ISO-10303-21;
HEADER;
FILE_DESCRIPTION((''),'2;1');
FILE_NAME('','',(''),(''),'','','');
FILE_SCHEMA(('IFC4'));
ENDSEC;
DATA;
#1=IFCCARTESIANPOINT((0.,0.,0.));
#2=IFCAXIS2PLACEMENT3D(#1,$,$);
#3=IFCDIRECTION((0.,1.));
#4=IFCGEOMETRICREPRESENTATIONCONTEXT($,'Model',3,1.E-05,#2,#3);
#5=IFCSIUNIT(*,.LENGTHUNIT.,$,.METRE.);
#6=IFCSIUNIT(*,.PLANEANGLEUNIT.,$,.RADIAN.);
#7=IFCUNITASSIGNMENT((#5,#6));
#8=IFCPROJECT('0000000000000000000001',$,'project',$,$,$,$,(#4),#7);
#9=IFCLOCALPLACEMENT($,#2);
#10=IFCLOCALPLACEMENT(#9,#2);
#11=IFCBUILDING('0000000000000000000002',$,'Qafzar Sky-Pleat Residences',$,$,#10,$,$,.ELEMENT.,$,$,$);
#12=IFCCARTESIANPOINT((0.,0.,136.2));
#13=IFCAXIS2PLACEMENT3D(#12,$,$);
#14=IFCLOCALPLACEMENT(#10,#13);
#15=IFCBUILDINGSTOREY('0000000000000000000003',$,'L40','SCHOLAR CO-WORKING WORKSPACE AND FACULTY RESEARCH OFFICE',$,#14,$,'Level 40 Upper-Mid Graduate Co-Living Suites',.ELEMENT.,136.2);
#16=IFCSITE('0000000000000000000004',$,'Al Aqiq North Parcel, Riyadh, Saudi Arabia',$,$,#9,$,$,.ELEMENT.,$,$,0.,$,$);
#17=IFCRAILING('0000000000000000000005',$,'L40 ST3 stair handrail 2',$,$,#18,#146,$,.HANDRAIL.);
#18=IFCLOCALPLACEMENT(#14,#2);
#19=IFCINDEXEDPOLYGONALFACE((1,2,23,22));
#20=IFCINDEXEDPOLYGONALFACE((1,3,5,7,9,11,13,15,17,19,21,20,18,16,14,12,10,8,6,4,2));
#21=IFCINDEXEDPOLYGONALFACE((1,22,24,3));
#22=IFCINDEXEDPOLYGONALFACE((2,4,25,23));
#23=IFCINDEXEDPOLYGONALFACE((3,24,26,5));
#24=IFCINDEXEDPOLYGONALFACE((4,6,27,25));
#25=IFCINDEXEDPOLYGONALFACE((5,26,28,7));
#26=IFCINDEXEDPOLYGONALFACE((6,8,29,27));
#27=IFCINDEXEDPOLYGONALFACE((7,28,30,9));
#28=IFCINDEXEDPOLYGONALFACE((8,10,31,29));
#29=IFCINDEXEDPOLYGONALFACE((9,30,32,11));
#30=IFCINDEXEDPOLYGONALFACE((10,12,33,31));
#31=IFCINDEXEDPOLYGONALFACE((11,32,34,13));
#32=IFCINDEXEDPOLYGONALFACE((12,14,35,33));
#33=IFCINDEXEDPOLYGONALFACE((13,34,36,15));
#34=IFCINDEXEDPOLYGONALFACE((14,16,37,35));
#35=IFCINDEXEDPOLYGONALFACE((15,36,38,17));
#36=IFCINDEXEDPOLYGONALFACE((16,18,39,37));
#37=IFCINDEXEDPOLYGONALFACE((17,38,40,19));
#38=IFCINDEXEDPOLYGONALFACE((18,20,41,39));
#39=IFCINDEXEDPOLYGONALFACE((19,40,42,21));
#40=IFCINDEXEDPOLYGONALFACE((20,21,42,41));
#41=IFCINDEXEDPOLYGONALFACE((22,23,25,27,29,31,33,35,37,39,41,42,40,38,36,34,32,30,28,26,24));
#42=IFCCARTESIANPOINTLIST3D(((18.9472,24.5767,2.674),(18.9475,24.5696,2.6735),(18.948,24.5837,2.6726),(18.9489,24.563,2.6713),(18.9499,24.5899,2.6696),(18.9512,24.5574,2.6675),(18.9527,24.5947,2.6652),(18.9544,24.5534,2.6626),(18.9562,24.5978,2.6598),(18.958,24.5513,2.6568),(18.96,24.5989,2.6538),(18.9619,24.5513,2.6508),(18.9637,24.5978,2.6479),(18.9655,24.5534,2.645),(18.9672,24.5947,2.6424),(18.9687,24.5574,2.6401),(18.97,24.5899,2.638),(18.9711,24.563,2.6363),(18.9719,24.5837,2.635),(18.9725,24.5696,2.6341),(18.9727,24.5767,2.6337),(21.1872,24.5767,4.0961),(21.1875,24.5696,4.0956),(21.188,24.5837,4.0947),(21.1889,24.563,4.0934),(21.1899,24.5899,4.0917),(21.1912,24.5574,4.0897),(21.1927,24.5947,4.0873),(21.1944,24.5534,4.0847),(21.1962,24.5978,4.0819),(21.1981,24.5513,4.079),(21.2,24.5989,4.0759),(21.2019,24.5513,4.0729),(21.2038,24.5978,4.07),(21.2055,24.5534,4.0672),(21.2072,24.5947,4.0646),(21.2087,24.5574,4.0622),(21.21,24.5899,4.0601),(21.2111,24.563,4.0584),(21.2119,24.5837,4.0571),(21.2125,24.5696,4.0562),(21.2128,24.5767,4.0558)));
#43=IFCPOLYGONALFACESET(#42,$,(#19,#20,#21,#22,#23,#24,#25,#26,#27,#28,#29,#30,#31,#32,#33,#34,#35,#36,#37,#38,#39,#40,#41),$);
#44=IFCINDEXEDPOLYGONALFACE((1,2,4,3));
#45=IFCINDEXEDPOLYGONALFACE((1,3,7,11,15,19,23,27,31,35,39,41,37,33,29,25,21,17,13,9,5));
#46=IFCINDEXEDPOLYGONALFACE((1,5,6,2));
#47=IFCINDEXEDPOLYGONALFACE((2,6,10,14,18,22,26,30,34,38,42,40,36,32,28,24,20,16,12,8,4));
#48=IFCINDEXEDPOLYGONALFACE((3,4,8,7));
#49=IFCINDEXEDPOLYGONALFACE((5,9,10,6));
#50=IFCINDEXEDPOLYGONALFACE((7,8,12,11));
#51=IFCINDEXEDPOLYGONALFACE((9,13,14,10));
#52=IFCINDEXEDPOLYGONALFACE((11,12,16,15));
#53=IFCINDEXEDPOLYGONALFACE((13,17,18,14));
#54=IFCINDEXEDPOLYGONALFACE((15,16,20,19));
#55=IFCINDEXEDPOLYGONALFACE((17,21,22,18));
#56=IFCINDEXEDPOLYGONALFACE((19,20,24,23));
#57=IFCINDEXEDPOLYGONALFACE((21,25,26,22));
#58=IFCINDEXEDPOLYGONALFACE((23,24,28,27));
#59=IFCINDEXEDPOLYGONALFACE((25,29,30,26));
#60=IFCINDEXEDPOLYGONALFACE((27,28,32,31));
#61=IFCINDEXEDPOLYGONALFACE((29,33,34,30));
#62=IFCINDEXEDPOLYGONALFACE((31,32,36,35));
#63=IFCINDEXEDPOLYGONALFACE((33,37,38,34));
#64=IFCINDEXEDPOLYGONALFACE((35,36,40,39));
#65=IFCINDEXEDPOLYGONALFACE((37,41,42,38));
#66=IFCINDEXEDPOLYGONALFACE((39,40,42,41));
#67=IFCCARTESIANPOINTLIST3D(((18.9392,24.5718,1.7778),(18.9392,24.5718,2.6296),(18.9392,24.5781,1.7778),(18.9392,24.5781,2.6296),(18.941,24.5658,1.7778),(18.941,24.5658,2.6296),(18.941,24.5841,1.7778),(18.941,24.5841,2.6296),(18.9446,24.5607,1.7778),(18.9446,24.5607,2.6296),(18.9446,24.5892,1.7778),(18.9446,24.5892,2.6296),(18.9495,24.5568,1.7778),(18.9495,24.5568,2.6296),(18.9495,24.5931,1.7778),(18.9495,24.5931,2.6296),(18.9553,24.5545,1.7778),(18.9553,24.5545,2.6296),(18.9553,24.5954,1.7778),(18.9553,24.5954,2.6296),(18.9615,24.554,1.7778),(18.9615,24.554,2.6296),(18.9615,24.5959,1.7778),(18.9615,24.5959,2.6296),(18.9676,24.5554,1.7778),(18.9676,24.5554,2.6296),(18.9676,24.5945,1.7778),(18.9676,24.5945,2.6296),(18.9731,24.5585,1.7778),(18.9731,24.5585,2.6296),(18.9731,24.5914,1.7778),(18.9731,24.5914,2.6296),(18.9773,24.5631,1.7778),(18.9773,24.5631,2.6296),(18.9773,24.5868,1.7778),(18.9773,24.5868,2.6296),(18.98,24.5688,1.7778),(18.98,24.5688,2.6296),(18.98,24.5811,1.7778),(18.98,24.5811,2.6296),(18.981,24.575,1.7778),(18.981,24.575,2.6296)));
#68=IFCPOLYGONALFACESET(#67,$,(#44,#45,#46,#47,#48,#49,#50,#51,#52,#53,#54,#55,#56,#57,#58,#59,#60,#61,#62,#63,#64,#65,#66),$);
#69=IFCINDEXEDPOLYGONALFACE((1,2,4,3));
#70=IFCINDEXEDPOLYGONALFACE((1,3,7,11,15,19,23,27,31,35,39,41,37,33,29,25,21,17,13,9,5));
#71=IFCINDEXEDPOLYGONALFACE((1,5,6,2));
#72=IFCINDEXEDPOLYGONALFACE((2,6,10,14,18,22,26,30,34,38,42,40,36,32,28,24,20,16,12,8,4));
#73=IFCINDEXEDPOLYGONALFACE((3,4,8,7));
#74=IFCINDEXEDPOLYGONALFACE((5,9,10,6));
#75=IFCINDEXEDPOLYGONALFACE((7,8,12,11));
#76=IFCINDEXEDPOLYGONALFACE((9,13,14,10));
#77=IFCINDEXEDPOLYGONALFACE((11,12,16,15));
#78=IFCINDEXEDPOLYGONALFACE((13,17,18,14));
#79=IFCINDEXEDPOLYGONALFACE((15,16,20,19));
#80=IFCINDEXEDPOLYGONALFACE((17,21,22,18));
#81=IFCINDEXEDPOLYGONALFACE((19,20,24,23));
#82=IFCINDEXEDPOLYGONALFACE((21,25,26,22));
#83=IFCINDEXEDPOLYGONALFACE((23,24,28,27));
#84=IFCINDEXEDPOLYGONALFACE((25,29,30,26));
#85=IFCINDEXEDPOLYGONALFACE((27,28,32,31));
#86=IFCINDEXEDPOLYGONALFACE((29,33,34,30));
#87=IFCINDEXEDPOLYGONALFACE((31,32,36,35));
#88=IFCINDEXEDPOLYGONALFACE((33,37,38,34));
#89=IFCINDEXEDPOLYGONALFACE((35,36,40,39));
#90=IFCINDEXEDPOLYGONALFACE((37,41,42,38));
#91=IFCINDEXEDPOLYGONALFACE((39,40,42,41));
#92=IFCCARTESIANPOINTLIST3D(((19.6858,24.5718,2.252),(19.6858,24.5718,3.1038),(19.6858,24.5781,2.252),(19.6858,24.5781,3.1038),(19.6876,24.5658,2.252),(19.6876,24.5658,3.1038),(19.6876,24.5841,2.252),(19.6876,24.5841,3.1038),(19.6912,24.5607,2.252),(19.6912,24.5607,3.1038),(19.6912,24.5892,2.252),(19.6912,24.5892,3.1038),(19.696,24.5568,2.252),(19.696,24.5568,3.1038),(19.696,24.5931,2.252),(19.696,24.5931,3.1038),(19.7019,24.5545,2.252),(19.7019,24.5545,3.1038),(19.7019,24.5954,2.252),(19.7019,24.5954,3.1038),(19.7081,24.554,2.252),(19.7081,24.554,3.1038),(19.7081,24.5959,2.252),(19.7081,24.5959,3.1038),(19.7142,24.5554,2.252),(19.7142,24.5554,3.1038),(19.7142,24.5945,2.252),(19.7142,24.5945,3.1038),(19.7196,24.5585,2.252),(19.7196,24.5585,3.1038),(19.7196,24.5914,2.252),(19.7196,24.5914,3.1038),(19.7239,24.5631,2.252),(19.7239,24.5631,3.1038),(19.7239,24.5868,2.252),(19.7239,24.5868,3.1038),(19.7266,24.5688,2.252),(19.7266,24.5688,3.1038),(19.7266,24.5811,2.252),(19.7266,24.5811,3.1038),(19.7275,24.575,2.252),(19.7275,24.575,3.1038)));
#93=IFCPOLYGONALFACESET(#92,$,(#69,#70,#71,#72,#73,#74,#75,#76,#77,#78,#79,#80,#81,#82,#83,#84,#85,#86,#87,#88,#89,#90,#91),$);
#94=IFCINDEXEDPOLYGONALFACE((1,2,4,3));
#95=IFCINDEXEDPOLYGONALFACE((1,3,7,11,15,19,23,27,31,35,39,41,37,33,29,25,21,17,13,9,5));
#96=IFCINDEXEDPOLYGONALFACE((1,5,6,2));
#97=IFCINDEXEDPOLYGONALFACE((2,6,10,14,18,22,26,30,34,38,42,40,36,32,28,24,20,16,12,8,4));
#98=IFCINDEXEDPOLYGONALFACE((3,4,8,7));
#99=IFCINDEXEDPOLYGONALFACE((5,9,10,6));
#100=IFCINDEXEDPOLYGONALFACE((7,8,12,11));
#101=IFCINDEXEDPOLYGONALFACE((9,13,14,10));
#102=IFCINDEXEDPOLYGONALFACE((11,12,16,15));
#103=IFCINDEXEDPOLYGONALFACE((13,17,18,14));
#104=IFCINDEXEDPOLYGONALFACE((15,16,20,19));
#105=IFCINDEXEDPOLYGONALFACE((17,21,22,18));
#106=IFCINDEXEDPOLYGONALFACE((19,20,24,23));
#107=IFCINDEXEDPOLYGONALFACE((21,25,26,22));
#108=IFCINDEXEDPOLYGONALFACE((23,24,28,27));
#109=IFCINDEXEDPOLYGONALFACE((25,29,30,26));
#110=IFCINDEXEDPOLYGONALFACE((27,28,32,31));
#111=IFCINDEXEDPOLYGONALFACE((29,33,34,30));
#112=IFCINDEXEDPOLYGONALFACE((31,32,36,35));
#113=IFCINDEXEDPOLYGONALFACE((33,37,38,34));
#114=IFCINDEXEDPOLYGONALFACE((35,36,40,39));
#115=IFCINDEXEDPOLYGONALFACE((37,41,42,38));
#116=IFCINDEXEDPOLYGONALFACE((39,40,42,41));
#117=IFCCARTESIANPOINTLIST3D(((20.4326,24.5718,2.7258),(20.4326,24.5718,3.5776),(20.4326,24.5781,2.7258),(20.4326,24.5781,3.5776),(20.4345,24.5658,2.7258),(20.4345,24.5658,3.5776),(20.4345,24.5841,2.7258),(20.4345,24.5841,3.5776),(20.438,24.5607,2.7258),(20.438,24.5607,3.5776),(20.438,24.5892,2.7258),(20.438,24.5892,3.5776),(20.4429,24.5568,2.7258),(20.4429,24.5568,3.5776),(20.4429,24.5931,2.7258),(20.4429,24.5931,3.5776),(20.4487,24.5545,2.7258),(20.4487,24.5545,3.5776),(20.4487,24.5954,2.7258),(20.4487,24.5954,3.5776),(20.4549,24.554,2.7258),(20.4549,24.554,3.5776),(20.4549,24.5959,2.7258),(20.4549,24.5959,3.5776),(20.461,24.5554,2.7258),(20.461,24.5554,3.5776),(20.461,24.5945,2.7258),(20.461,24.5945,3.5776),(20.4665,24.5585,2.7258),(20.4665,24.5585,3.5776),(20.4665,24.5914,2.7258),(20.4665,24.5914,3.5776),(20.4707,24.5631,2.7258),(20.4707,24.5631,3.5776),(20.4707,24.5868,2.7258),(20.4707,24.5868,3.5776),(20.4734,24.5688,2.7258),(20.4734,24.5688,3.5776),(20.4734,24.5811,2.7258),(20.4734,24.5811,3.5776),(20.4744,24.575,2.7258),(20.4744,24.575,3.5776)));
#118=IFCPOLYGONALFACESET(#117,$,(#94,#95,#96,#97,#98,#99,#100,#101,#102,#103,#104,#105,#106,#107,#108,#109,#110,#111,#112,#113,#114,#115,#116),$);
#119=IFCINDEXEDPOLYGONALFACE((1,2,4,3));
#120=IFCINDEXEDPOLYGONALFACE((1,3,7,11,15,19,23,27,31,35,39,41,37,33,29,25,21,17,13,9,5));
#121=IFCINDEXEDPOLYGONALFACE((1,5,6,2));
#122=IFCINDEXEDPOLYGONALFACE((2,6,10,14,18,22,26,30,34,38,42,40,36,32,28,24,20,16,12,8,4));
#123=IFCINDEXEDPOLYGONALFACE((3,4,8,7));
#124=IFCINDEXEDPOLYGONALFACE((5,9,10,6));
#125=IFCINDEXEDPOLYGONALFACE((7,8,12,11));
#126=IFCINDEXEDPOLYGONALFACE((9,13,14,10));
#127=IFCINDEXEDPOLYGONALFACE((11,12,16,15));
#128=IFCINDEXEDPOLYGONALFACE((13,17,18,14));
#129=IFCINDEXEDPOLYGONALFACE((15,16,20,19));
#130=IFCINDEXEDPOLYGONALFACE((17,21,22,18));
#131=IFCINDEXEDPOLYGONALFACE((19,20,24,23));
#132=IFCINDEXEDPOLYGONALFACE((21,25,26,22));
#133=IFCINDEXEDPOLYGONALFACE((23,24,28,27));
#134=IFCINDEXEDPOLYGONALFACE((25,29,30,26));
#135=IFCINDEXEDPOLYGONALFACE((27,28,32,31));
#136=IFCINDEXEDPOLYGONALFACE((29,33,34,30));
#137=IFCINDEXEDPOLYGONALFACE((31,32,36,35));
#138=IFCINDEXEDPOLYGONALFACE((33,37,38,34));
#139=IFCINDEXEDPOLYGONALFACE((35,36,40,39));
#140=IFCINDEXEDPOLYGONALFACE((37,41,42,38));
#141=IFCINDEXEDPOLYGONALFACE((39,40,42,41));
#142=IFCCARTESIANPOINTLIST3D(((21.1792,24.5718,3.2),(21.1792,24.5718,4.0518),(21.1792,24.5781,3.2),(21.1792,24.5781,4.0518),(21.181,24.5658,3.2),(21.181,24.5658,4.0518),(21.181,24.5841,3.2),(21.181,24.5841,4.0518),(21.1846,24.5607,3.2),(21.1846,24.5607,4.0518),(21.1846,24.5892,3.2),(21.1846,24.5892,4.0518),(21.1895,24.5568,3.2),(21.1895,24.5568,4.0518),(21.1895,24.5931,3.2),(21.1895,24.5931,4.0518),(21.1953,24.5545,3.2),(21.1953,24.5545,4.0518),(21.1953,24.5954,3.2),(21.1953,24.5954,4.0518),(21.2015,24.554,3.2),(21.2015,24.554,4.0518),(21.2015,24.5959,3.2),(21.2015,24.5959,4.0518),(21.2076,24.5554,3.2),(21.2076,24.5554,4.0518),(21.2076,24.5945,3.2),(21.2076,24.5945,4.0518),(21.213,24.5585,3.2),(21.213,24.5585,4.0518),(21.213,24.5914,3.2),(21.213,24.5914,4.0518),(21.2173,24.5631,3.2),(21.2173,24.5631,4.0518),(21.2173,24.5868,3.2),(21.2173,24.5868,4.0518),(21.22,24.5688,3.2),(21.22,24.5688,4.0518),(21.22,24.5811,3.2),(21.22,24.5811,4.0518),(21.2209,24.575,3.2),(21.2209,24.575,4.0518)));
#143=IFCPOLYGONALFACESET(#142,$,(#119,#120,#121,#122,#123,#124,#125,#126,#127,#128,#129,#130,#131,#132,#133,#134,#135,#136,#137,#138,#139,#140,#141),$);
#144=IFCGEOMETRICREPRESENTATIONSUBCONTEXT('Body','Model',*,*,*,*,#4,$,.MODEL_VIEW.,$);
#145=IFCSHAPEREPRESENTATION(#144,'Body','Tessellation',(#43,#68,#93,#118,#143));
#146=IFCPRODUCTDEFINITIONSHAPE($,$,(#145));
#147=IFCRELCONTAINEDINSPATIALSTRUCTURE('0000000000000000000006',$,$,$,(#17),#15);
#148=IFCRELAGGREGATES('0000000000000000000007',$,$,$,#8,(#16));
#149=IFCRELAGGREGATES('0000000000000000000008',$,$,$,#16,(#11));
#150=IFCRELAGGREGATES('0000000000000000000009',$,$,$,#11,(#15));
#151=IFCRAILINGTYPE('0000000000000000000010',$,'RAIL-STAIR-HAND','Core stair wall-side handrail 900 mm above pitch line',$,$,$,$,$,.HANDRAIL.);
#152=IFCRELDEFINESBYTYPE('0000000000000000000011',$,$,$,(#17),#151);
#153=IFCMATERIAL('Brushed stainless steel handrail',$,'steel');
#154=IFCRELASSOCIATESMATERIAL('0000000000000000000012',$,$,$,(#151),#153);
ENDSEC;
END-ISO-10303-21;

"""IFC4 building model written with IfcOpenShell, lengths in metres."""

from ifc_helpers import new_model, si_unit, direction, frame, origin, origin_2d, place, context, subcontext, project, spatial, circle, extrude, source, transform, mapped, material, type_object, element, save


model = new_model("IFC4")

# Units and contexts
model_context = context("Model", 3, precision=1e-05, world=origin(), true_north=direction((0.0, 1.0)))
body_context = subcontext(model_context, "Body", "Model", "MODEL_VIEW")
ifc_project = project(units=[si_unit("LENGTHUNIT", "METRE"), si_unit("PLANEANGLEUNIT", "RADIAN")], contexts=[model_context])

# Site, building, storey
site_placement = place(None, origin())
site = spatial("IfcSite", under=ifc_project, at=site_placement, Name="Al Aqiq North Parcel, Riyadh, Saudi Arabia", CompositionType="ELEMENT", RefElevation=0.0)
building_placement = place(site_placement, origin())
building = spatial("IfcBuilding", under=site, at=building_placement, Name="Qafzar Sky-Pleat Residences", CompositionType="ELEMENT")
storey_placement = place(building_placement, frame((0.0, 0.0, 136.2)))
storey = spatial("IfcBuildingStorey", under=building, at=storey_placement, Name="L40", Description="SCHOLAR CO-WORKING WORKSPACE AND FACULTY RESEARCH OFFICE", LongName="Level 40 Upper-Mid Graduate Co-Living Suites", CompositionType="ELEMENT", Elevation=136.2)

# Railing
ifc_material_1 = material(Name="Brushed stainless steel handrail", Category="steel")
railing_type_1 = type_object("IfcRailingType", Name="RAIL-STAIR-HAND", Description="Core stair wall-side handrail 900 mm above pitch line", PredefinedType="HANDRAIL", material=ifc_material_1)
shared_shape_1 = source(origin(), body_context, "Body", "SweptSolid", [
    extrude(circle(Radius=0.0239, at=origin_2d()), frame((0.0, 0.0, 0.876), z_axis=(0.844229, 0.0, 0.535982), x_axis=(0.0, 1.0, 0.0)), (0.0, 0.0, 1.0), 2.6533),
    extrude(circle(Radius=0.021, at=origin_2d()), origin(), (0.0, 0.0, 1.0), 0.8518),
    extrude(circle(Radius=0.021, at=origin_2d()), frame((0.7466, 0.0, 0.4741)), (0.0, 0.0, 1.0), 0.8518),
    extrude(circle(Radius=0.021, at=origin_2d()), frame((1.4934, 0.0, 0.948)), (0.0, 0.0, 1.0), 0.8518),
    extrude(circle(Radius=0.021, at=origin_2d()), frame((2.24, 0.0, 1.4221)), (0.0, 0.0, 1.0), 0.8518),
])
railing_1_placement = place(storey_placement, frame((18.96, 24.575, 1.7778)))
element("IfcRailing", 1, at=railing_1_placement, inside=storey, type_object=railing_type_1, Name="L40 ST3 stair handrail 2", PredefinedType="HANDRAIL", context=body_context, shape_type="MappedRepresentation", body=[
    mapped(shared_shape_1, transform((0.0, 0.0, 0.0), x_axis=(1.0, 0.0, 0.0), y_axis=(0.0, 1.0, 0.0), z_axis=(0.0, 0.0, 1.0), scale=1.0)),
])

save(model, "model.ifc")
